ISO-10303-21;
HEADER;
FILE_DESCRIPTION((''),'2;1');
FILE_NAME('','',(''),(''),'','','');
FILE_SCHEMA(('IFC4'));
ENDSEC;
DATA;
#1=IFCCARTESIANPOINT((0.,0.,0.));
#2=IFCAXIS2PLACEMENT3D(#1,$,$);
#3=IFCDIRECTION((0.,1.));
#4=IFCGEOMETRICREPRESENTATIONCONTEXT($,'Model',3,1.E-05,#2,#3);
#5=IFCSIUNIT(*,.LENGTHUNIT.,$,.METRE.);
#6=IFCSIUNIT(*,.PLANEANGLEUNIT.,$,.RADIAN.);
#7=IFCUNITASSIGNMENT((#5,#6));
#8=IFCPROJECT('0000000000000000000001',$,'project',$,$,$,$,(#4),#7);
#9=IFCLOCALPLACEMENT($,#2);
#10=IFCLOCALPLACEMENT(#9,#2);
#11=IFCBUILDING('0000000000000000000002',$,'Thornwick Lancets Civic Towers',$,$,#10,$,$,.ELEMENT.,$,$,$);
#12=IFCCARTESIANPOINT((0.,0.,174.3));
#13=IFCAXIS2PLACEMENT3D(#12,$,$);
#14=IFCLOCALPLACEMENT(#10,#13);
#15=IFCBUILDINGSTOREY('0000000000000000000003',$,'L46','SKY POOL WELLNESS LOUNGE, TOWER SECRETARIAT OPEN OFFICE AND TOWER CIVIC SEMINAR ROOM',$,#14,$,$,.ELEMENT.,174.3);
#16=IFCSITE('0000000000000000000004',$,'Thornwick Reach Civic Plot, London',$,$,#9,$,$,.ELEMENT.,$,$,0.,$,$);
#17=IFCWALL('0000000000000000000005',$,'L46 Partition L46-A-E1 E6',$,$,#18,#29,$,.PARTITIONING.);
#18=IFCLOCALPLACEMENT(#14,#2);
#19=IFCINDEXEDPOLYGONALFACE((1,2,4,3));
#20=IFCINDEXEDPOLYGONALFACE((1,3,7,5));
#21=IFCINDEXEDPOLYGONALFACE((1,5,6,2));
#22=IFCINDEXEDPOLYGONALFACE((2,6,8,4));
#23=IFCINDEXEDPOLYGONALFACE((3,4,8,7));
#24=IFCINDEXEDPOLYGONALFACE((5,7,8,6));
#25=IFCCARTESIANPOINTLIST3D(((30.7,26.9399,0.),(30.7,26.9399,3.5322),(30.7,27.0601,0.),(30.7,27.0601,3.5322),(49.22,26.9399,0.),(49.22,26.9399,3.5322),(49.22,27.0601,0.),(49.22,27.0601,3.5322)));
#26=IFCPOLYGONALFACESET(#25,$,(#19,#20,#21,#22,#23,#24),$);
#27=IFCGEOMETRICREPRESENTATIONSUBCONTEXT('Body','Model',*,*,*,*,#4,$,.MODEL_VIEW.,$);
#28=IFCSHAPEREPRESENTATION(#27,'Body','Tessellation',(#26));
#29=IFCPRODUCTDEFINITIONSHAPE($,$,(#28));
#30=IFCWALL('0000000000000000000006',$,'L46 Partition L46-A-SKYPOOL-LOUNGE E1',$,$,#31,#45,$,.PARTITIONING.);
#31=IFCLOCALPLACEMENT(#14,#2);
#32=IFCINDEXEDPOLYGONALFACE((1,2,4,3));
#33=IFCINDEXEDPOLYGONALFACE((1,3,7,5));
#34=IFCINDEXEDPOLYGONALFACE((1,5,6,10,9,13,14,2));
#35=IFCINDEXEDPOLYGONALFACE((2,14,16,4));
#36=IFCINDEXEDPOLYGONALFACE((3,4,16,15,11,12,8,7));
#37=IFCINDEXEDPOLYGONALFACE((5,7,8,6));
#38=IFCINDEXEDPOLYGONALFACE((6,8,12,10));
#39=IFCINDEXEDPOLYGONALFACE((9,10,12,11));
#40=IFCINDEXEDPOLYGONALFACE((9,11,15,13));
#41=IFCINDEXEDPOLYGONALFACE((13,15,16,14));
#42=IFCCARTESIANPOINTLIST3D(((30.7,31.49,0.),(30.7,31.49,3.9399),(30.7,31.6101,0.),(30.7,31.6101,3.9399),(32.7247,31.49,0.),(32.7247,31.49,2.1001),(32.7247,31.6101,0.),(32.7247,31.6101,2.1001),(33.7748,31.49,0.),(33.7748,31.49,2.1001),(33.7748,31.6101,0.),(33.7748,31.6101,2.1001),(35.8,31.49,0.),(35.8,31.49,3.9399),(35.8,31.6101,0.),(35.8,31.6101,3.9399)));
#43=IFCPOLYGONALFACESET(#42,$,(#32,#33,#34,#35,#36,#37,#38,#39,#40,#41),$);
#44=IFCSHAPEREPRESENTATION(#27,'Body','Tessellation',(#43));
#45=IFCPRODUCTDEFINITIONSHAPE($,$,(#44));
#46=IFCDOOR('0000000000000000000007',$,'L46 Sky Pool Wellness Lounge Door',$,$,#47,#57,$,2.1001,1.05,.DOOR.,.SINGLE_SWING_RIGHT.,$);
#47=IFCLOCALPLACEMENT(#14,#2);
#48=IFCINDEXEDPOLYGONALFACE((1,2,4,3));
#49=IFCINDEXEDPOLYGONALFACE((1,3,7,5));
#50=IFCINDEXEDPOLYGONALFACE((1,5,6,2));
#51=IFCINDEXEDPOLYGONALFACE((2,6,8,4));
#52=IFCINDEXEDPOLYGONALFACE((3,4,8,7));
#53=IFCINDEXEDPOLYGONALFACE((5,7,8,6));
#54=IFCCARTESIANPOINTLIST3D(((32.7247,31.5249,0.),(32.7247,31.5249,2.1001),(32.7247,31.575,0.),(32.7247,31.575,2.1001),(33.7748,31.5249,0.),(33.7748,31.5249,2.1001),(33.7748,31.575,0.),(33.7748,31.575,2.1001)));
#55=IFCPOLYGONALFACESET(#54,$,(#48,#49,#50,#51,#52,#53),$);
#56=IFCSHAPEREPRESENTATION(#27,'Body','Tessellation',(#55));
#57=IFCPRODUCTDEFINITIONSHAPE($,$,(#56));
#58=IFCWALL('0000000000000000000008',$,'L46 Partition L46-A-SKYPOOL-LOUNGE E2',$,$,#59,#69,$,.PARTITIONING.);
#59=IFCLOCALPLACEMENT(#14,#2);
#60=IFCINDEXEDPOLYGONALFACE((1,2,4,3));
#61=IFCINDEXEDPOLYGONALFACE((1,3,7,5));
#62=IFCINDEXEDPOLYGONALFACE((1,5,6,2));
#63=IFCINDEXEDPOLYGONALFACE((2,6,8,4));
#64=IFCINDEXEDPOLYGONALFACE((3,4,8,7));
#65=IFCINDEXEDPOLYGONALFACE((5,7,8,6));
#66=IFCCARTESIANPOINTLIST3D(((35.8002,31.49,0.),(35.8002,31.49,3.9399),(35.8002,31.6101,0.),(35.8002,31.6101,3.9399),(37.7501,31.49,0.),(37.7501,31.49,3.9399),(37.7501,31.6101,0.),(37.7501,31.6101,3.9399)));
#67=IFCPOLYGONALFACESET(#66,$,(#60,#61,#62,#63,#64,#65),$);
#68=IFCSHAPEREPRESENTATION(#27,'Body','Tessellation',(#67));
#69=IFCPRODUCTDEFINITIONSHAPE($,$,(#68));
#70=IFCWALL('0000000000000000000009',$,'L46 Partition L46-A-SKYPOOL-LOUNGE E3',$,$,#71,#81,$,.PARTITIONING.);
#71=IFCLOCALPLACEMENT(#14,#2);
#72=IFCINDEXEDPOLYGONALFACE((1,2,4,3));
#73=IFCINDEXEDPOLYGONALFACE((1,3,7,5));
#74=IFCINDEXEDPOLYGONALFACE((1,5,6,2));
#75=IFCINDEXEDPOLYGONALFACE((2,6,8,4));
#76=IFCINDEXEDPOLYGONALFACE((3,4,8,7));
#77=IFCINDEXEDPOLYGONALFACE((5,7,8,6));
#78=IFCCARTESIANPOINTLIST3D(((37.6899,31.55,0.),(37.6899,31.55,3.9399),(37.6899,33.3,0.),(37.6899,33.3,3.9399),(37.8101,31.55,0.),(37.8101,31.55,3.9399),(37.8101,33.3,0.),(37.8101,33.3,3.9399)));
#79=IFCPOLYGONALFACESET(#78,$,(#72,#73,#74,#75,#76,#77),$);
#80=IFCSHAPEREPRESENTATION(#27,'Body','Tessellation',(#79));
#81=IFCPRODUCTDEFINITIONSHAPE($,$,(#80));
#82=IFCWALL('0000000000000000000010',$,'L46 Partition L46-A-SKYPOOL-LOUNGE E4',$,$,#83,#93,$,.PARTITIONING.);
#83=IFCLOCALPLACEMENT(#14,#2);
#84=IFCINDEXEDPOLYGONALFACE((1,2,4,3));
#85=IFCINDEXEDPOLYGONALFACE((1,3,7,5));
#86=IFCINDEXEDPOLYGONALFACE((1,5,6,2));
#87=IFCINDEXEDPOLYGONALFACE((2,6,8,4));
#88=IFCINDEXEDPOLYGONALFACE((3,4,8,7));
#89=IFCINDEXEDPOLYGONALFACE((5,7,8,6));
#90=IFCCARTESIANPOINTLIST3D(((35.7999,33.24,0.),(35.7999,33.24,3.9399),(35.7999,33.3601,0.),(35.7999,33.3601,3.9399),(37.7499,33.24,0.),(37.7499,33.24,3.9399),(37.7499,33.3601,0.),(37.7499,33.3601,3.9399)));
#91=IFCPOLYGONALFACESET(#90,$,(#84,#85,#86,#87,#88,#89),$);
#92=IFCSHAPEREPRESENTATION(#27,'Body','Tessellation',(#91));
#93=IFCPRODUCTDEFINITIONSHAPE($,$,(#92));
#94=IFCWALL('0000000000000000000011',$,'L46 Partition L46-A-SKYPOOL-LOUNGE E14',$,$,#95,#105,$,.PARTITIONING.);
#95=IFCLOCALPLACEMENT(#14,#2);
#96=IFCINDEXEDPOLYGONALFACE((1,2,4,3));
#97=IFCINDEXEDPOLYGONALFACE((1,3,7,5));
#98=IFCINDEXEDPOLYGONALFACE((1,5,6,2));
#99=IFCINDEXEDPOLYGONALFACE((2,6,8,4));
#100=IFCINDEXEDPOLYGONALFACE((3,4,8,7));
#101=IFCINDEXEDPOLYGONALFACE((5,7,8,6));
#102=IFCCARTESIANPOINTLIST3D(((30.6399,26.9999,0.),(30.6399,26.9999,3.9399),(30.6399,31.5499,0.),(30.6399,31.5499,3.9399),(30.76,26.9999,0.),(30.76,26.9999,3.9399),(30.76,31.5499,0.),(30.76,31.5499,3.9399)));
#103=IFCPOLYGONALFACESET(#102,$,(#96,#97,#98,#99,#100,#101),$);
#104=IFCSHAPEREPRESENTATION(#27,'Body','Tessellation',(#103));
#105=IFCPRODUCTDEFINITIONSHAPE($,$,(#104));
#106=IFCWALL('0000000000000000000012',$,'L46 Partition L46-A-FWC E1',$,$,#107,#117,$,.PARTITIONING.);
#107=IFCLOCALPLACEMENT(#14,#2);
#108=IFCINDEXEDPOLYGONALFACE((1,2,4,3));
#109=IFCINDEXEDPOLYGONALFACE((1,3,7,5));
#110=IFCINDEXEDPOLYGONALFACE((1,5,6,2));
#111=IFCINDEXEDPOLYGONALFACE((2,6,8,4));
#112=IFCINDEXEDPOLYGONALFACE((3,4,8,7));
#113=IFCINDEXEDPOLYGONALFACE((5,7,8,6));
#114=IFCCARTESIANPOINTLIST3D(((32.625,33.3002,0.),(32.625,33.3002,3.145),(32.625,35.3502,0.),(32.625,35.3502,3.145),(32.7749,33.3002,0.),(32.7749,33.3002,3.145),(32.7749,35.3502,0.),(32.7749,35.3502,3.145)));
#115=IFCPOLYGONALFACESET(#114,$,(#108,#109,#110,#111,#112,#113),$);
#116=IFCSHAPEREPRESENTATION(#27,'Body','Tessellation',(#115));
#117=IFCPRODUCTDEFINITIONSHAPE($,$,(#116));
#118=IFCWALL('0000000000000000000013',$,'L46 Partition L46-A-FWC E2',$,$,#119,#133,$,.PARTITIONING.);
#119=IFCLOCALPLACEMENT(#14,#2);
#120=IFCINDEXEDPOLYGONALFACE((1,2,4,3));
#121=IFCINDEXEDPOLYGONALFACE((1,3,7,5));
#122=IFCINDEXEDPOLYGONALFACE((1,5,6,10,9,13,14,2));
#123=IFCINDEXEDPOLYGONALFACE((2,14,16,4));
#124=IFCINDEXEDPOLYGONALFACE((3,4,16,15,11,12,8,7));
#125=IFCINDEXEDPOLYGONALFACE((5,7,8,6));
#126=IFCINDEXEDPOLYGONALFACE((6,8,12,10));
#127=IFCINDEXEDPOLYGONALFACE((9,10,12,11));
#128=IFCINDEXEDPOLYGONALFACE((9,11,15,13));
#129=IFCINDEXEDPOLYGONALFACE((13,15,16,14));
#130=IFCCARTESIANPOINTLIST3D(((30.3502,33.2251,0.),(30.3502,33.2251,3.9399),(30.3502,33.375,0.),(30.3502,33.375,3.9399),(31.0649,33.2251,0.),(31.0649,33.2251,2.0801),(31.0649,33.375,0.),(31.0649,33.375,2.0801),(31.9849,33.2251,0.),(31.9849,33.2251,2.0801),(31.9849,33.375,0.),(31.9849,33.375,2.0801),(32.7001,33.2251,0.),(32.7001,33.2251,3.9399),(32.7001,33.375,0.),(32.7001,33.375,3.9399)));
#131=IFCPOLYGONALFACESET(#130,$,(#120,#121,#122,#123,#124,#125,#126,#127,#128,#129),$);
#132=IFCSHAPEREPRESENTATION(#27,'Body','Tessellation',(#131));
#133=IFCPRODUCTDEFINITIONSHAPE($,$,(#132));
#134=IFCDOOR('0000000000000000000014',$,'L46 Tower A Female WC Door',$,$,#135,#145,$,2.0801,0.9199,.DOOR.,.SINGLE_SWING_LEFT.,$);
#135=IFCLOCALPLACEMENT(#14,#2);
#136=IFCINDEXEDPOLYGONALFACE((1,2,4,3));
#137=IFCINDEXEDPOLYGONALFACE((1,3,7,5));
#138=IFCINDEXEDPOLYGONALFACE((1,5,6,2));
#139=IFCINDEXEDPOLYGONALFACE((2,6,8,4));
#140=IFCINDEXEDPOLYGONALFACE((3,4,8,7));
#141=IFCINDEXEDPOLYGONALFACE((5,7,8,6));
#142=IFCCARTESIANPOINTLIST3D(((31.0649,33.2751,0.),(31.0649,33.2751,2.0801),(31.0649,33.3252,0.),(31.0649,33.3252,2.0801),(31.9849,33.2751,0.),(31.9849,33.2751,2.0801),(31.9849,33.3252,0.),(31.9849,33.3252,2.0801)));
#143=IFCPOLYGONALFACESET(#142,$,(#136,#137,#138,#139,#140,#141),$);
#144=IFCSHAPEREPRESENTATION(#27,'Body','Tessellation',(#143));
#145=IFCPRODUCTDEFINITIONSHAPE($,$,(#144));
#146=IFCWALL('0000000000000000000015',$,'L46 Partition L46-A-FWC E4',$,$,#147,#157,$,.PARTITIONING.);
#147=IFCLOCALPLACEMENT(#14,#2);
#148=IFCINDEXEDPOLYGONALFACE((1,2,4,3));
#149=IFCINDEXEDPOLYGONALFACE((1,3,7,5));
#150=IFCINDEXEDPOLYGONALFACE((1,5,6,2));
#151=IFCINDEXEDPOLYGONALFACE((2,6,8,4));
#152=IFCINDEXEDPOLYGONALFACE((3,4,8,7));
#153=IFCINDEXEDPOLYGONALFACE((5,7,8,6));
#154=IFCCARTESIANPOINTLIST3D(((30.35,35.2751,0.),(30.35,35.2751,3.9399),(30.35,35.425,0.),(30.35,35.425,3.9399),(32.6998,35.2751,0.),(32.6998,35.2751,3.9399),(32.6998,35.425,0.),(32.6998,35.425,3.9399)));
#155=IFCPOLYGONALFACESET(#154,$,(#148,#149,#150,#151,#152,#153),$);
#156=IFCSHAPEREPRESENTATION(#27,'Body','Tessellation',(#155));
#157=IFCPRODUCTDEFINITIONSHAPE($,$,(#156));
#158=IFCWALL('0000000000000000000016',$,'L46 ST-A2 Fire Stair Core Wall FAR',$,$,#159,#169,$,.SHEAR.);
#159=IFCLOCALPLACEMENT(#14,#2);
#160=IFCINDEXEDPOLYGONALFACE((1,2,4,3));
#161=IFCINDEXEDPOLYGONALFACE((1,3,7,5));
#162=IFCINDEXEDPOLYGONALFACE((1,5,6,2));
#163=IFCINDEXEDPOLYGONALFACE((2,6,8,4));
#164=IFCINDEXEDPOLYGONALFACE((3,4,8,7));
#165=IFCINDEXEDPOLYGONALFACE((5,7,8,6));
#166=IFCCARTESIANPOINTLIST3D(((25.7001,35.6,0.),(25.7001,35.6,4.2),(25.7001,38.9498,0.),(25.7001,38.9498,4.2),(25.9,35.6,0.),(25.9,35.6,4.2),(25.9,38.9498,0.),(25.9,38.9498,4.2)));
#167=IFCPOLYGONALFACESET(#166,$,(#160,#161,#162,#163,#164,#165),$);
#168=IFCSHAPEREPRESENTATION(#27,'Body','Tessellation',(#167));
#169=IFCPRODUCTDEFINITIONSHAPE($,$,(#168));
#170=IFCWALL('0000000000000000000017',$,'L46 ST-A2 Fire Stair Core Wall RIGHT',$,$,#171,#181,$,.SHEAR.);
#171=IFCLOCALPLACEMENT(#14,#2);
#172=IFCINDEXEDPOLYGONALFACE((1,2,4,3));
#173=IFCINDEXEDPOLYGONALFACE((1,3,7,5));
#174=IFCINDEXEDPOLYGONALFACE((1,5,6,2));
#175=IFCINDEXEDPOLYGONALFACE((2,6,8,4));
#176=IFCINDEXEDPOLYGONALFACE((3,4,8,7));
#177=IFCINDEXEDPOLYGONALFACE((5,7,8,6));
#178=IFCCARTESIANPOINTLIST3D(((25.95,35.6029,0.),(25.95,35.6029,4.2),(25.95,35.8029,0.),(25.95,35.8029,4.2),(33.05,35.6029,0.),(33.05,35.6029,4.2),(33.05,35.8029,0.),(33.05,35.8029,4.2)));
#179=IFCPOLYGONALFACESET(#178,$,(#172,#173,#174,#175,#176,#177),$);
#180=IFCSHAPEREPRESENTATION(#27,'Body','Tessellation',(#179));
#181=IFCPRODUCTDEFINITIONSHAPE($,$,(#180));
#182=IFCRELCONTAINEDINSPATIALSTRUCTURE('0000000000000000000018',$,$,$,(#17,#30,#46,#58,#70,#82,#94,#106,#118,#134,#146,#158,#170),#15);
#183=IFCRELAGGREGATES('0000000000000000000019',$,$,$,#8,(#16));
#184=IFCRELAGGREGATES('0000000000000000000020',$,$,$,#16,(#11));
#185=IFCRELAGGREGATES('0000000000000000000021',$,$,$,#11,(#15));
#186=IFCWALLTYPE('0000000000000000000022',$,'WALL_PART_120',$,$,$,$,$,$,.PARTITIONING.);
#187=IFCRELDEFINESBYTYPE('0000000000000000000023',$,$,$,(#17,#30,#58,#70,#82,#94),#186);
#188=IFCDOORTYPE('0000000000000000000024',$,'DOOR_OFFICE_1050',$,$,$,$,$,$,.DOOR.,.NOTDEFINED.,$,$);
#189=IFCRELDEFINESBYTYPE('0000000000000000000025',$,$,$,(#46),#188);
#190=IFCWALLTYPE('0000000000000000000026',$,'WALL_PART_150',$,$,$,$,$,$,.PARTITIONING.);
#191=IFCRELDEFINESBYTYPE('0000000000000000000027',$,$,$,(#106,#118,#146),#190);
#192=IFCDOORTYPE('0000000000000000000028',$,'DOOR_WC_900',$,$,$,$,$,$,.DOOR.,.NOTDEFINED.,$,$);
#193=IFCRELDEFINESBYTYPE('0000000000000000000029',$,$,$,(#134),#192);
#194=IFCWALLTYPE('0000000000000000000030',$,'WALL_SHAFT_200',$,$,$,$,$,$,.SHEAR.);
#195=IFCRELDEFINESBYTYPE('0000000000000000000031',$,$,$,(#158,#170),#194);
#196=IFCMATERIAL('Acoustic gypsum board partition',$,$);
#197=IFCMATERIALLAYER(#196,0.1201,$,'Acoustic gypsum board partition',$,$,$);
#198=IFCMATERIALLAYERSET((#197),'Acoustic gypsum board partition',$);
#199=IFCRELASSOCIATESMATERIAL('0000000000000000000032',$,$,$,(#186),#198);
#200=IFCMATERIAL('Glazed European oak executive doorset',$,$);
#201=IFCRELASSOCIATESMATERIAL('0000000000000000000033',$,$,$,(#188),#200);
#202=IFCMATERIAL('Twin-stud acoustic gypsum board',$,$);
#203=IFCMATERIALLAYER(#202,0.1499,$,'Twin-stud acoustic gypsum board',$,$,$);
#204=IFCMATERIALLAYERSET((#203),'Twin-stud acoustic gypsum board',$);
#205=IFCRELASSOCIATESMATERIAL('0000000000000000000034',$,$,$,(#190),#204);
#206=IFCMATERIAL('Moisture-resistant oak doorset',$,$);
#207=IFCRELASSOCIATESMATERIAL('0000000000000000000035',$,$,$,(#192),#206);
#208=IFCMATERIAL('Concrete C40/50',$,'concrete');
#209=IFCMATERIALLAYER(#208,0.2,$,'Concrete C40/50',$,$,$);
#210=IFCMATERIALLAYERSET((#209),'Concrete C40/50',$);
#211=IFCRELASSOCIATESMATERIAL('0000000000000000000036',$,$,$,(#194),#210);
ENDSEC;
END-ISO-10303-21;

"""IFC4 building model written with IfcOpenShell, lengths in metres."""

from ifc_helpers import new_model, si_unit, direction, frame, frame_2d, origin, place, context, subcontext, project, spatial, rectangle, extrude, material, layer, layer_set, type_object, element, fill, save


model = new_model("IFC4")

# Units and contexts
model_context = context("Model", 3, precision=1e-05, world=origin(), true_north=direction((0.0, 1.0)))
body_context = subcontext(model_context, "Body", "Model", "MODEL_VIEW")
ifc_project = project(units=[si_unit("LENGTHUNIT", "METRE"), si_unit("PLANEANGLEUNIT", "RADIAN")], contexts=[model_context])

# Site, building, storey
site_placement = place(None, origin())
site = spatial("IfcSite", under=ifc_project, at=site_placement, Name="Thornwick Reach Civic Plot, London", CompositionType="ELEMENT", RefElevation=0.0)
building_placement = place(site_placement, origin())
building = spatial("IfcBuilding", under=site, at=building_placement, Name="Thornwick Lancets Civic Towers", CompositionType="ELEMENT")
storey_placement = place(building_placement, frame((0.0, 0.0, 174.3)))
storey = spatial("IfcBuildingStorey", under=building, at=storey_placement, Name="L46", Description="SKY POOL WELLNESS LOUNGE, TOWER SECRETARIAT OPEN OFFICE AND TOWER CIVIC SEMINAR ROOM", CompositionType="ELEMENT", Elevation=174.3)

# Wall
ifc_material_1 = material(Name="Acoustic gypsum board partition")
ifc_layer_1 = layer(ifc_material_1, 0.1201, Name="Acoustic gypsum board partition")
ifc_layer_set_1 = layer_set([ifc_layer_1], Name="Acoustic gypsum board partition")
wall_type_1 = type_object("IfcWallType", Name="WALL_PART_120", PredefinedType="PARTITIONING", material=ifc_layer_set_1)
wall_1_placement = place(storey_placement, frame((30.7, 27.0, 0.0), z_axis=(0.0, 0.0, 1.0), x_axis=(1.0, 0.0, 0.0)))
element("IfcWall", 1, at=wall_1_placement, inside=storey, type_object=wall_type_1, Name="L46 Partition L46-A-E1 E6", PredefinedType="PARTITIONING", context=body_context, shape_type="SweptSolid", body=[
    extrude(rectangle(XDim=18.52, YDim=0.1201, at=frame_2d((9.26, 0.0))), origin(), (0.0, 0.0, 1.0), 3.5322),
])

# Wall, opening, door
wall_2_placement = place(storey_placement, frame((30.7, 31.55, 0.0), z_axis=(0.0, 0.0, 1.0), x_axis=(1.0, 0.0, 0.0)))
wall_2 = element("IfcWall", 2, at=wall_2_placement, inside=storey, type_object=wall_type_1, Name="L46 Partition L46-A-SKYPOOL-LOUNGE E1", PredefinedType="PARTITIONING", context=body_context, shape_type="SweptSolid", body=[
    extrude(rectangle(XDim=5.1001, YDim=0.1201, at=frame_2d((2.55, 0.0))), origin(), (0.0, 0.0, 1.0), 3.9399),
])
opening_1_placement = place(wall_2_placement, frame((2.0249, 0.0, 0.0)))
opening_1 = element("IfcOpeningElement", 3, at=opening_1_placement, cuts=wall_2, PredefinedType="OPENING", context=body_context, shape_type="SweptSolid", body=[
    extrude(rectangle(XDim=1.05, YDim=2.1001, at=frame_2d((0.5249, 1.05))), frame((0.0, 0.0701, 0.0), z_axis=(0.0, -1.0, 0.0), x_axis=(1.0, 0.0, 0.0)), (0.0, 0.0, 1.0), 0.1401),
])
ifc_material_2 = material(Name="Glazed European oak executive doorset")
door_type_1 = type_object("IfcDoorType", Name="DOOR_OFFICE_1050", OperationType="NOTDEFINED", PredefinedType="DOOR", material=ifc_material_2)
door_1_placement = place(opening_1_placement, origin())
door_1 = element("IfcDoor", 4, at=door_1_placement, inside=storey, type_object=door_type_1, Name="L46 Sky Pool Wellness Lounge Door", OperationType="SINGLE_SWING_RIGHT", OverallHeight=2.1001, OverallWidth=1.05, PredefinedType="DOOR", context=body_context, shape_type="SweptSolid", body=[
    extrude(rectangle(XDim=1.05, YDim=2.1001, at=frame_2d((0.5249, 1.05))), frame((0.0, 0.0249, 0.0), z_axis=(0.0, -1.0, 0.0), x_axis=(1.0, 0.0, 0.0)), (0.0, 0.0, 1.0), 0.05),
])
fill(opening_1, door_1)

# Walls
wall_3_placement = place(storey_placement, frame((35.8, 31.55, 0.0), z_axis=(0.0, 0.0, 1.0), x_axis=(1.0, 0.0, 0.0)))
element("IfcWall", 5, at=wall_3_placement, inside=storey, type_object=wall_type_1, Name="L46 Partition L46-A-SKYPOOL-LOUNGE E2", PredefinedType="PARTITIONING", context=body_context, shape_type="SweptSolid", body=[
    extrude(rectangle(XDim=1.95, YDim=0.1201, at=frame_2d((0.9751, 0.0))), origin(), (0.0, 0.0, 1.0), 3.9399),
])
wall_4_placement = place(storey_placement, frame((37.75, 31.55, 0.0), z_axis=(0.0, 0.0, 1.0), x_axis=(0.0, 1.0, 0.0)))
element("IfcWall", 6, at=wall_4_placement, inside=storey, type_object=wall_type_1, Name="L46 Partition L46-A-SKYPOOL-LOUNGE E3", PredefinedType="PARTITIONING", context=body_context, shape_type="SweptSolid", body=[
    extrude(rectangle(XDim=1.75, YDim=0.1201, at=frame_2d((0.875, 0.0))), origin(), (0.0, 0.0, 1.0), 3.9399),
])
wall_5_placement = place(storey_placement, frame((37.75, 33.3, 0.0), z_axis=(0.0, 0.0, 1.0), x_axis=(-1.0, 0.0, 0.0)))
element("IfcWall", 7, at=wall_5_placement, inside=storey, type_object=wall_type_1, Name="L46 Partition L46-A-SKYPOOL-LOUNGE E4", PredefinedType="PARTITIONING", context=body_context, shape_type="SweptSolid", body=[
    extrude(rectangle(XDim=1.95, YDim=0.1201, at=frame_2d((0.9751, 0.0))), origin(), (0.0, 0.0, 1.0), 3.9399),
])
wall_6_placement = place(storey_placement, frame((30.7, 27.0, 0.0), z_axis=(0.0, 0.0, 1.0), x_axis=(0.0, 1.0, 0.0)))
element("IfcWall", 8, at=wall_6_placement, inside=storey, type_object=wall_type_1, Name="L46 Partition L46-A-SKYPOOL-LOUNGE E14", PredefinedType="PARTITIONING", context=body_context, shape_type="SweptSolid", body=[
    extrude(rectangle(XDim=4.55, YDim=0.1201, at=frame_2d((2.2749, 0.0))), origin(), (0.0, 0.0, 1.0), 3.9399),
])
ifc_material_3 = material(Name="Twin-stud acoustic gypsum board")
ifc_layer_2 = layer(ifc_material_3, 0.1499, Name="Twin-stud acoustic gypsum board")
ifc_layer_set_2 = layer_set([ifc_layer_2], Name="Twin-stud acoustic gypsum board")
wall_type_2 = type_object("IfcWallType", Name="WALL_PART_150", PredefinedType="PARTITIONING", material=ifc_layer_set_2)
wall_7_placement = place(storey_placement, frame((32.7, 35.3501, 0.0), z_axis=(0.0, 0.0, 1.0), x_axis=(0.0, -1.0, 0.0)))
element("IfcWall", 9, at=wall_7_placement, inside=storey, type_object=wall_type_2, Name="L46 Partition L46-A-FWC E1", PredefinedType="PARTITIONING", context=body_context, shape_type="SweptSolid", body=[
    extrude(rectangle(XDim=2.05, YDim=0.1499, at=frame_2d((1.0249, 0.0))), origin(), (0.0, 0.0, 1.0), 3.145),
])

# Wall, opening, door
wall_8_placement = place(storey_placement, frame((32.7, 33.3, 0.0), z_axis=(0.0, 0.0, 1.0), x_axis=(-1.0, 0.0, 0.0)))
wall_8 = element("IfcWall", 10, at=wall_8_placement, inside=storey, type_object=wall_type_2, Name="L46 Partition L46-A-FWC E2", PredefinedType="PARTITIONING", context=body_context, shape_type="SweptSolid", body=[
    extrude(rectangle(XDim=2.3499, YDim=0.1499, at=frame_2d((1.1748, 0.0))), origin(), (0.0, 0.0, 1.0), 3.9399),
])
opening_2_placement = place(wall_8_placement, frame((0.7151, 0.0, 0.0)))
opening_2 = element("IfcOpeningElement", 11, at=opening_2_placement, cuts=wall_8, PredefinedType="OPENING", context=body_context, shape_type="SweptSolid", body=[
    extrude(rectangle(XDim=0.9199, YDim=2.0801, at=frame_2d((0.46, 1.04))), frame((0.0, 0.085, 0.0), z_axis=(0.0, -1.0, 0.0), x_axis=(1.0, 0.0, 0.0)), (0.0, 0.0, 1.0), 0.1699),
])
ifc_material_4 = material(Name="Moisture-resistant oak doorset")
door_type_2 = type_object("IfcDoorType", Name="DOOR_WC_900", OperationType="NOTDEFINED", PredefinedType="DOOR", material=ifc_material_4)
door_2_placement = place(opening_2_placement, origin())
door_2 = element("IfcDoor", 12, at=door_2_placement, inside=storey, type_object=door_type_2, Name="L46 Tower A Female WC Door", OperationType="SINGLE_SWING_LEFT", OverallHeight=2.0801, OverallWidth=0.9199, PredefinedType="DOOR", context=body_context, shape_type="SweptSolid", body=[
    extrude(rectangle(XDim=0.9199, YDim=2.0801, at=frame_2d((0.46, 1.04))), frame((0.0, 0.0249, 0.0), z_axis=(0.0, -1.0, 0.0), x_axis=(1.0, 0.0, 0.0)), (0.0, 0.0, 1.0), 0.05),
])
fill(opening_2, door_2)

# Walls
wall_9_placement = place(storey_placement, frame((30.3501, 35.3501, 0.0), z_axis=(0.0, 0.0, 1.0), x_axis=(1.0, 0.0, 0.0)))
element("IfcWall", 13, at=wall_9_placement, inside=storey, type_object=wall_type_2, Name="L46 Partition L46-A-FWC E4", PredefinedType="PARTITIONING", context=body_context, shape_type="SweptSolid", body=[
    extrude(rectangle(XDim=2.3499, YDim=0.1499, at=frame_2d((1.1748, 0.0))), origin(), (0.0, 0.0, 1.0), 3.9399),
])
ifc_material_5 = material(Name="Concrete C40/50", Category="concrete")
ifc_layer_3 = layer(ifc_material_5, 0.2, Name="Concrete C40/50")
ifc_layer_set_3 = layer_set([ifc_layer_3], Name="Concrete C40/50")
wall_type_3 = type_object("IfcWallType", Name="WALL_SHAFT_200", PredefinedType="SHEAR", material=ifc_layer_set_3)
wall_10_placement = place(storey_placement, frame((25.8, 35.6001, 0.0), z_axis=(0.0, 0.0, 1.0), x_axis=(0.0, 1.0, 0.0)))
element("IfcWall", 14, at=wall_10_placement, inside=storey, type_object=wall_type_3, Name="L46 ST-A2 Fire Stair Core Wall FAR", PredefinedType="SHEAR", context=body_context, shape_type="SweptSolid", body=[
    extrude(rectangle(XDim=3.3499, YDim=0.2, at=frame_2d((1.6748, 0.0))), origin(), (0.0, 0.0, 1.0), 4.2),
])
wall_11_placement = place(storey_placement, frame((25.95, 35.7029, 0.0), z_axis=(0.0, 0.0, 1.0), x_axis=(1.0, 0.0, 0.0)))
element("IfcWall", 15, at=wall_11_placement, inside=storey, type_object=wall_type_3, Name="L46 ST-A2 Fire Stair Core Wall RIGHT", PredefinedType="SHEAR", context=body_context, shape_type="SweptSolid", body=[
    extrude(rectangle(XDim=7.1001, YDim=0.2, at=frame_2d((3.55, 0.0))), origin(), (0.0, 0.0, 1.0), 4.2),
])

save(model, "model.ifc")
